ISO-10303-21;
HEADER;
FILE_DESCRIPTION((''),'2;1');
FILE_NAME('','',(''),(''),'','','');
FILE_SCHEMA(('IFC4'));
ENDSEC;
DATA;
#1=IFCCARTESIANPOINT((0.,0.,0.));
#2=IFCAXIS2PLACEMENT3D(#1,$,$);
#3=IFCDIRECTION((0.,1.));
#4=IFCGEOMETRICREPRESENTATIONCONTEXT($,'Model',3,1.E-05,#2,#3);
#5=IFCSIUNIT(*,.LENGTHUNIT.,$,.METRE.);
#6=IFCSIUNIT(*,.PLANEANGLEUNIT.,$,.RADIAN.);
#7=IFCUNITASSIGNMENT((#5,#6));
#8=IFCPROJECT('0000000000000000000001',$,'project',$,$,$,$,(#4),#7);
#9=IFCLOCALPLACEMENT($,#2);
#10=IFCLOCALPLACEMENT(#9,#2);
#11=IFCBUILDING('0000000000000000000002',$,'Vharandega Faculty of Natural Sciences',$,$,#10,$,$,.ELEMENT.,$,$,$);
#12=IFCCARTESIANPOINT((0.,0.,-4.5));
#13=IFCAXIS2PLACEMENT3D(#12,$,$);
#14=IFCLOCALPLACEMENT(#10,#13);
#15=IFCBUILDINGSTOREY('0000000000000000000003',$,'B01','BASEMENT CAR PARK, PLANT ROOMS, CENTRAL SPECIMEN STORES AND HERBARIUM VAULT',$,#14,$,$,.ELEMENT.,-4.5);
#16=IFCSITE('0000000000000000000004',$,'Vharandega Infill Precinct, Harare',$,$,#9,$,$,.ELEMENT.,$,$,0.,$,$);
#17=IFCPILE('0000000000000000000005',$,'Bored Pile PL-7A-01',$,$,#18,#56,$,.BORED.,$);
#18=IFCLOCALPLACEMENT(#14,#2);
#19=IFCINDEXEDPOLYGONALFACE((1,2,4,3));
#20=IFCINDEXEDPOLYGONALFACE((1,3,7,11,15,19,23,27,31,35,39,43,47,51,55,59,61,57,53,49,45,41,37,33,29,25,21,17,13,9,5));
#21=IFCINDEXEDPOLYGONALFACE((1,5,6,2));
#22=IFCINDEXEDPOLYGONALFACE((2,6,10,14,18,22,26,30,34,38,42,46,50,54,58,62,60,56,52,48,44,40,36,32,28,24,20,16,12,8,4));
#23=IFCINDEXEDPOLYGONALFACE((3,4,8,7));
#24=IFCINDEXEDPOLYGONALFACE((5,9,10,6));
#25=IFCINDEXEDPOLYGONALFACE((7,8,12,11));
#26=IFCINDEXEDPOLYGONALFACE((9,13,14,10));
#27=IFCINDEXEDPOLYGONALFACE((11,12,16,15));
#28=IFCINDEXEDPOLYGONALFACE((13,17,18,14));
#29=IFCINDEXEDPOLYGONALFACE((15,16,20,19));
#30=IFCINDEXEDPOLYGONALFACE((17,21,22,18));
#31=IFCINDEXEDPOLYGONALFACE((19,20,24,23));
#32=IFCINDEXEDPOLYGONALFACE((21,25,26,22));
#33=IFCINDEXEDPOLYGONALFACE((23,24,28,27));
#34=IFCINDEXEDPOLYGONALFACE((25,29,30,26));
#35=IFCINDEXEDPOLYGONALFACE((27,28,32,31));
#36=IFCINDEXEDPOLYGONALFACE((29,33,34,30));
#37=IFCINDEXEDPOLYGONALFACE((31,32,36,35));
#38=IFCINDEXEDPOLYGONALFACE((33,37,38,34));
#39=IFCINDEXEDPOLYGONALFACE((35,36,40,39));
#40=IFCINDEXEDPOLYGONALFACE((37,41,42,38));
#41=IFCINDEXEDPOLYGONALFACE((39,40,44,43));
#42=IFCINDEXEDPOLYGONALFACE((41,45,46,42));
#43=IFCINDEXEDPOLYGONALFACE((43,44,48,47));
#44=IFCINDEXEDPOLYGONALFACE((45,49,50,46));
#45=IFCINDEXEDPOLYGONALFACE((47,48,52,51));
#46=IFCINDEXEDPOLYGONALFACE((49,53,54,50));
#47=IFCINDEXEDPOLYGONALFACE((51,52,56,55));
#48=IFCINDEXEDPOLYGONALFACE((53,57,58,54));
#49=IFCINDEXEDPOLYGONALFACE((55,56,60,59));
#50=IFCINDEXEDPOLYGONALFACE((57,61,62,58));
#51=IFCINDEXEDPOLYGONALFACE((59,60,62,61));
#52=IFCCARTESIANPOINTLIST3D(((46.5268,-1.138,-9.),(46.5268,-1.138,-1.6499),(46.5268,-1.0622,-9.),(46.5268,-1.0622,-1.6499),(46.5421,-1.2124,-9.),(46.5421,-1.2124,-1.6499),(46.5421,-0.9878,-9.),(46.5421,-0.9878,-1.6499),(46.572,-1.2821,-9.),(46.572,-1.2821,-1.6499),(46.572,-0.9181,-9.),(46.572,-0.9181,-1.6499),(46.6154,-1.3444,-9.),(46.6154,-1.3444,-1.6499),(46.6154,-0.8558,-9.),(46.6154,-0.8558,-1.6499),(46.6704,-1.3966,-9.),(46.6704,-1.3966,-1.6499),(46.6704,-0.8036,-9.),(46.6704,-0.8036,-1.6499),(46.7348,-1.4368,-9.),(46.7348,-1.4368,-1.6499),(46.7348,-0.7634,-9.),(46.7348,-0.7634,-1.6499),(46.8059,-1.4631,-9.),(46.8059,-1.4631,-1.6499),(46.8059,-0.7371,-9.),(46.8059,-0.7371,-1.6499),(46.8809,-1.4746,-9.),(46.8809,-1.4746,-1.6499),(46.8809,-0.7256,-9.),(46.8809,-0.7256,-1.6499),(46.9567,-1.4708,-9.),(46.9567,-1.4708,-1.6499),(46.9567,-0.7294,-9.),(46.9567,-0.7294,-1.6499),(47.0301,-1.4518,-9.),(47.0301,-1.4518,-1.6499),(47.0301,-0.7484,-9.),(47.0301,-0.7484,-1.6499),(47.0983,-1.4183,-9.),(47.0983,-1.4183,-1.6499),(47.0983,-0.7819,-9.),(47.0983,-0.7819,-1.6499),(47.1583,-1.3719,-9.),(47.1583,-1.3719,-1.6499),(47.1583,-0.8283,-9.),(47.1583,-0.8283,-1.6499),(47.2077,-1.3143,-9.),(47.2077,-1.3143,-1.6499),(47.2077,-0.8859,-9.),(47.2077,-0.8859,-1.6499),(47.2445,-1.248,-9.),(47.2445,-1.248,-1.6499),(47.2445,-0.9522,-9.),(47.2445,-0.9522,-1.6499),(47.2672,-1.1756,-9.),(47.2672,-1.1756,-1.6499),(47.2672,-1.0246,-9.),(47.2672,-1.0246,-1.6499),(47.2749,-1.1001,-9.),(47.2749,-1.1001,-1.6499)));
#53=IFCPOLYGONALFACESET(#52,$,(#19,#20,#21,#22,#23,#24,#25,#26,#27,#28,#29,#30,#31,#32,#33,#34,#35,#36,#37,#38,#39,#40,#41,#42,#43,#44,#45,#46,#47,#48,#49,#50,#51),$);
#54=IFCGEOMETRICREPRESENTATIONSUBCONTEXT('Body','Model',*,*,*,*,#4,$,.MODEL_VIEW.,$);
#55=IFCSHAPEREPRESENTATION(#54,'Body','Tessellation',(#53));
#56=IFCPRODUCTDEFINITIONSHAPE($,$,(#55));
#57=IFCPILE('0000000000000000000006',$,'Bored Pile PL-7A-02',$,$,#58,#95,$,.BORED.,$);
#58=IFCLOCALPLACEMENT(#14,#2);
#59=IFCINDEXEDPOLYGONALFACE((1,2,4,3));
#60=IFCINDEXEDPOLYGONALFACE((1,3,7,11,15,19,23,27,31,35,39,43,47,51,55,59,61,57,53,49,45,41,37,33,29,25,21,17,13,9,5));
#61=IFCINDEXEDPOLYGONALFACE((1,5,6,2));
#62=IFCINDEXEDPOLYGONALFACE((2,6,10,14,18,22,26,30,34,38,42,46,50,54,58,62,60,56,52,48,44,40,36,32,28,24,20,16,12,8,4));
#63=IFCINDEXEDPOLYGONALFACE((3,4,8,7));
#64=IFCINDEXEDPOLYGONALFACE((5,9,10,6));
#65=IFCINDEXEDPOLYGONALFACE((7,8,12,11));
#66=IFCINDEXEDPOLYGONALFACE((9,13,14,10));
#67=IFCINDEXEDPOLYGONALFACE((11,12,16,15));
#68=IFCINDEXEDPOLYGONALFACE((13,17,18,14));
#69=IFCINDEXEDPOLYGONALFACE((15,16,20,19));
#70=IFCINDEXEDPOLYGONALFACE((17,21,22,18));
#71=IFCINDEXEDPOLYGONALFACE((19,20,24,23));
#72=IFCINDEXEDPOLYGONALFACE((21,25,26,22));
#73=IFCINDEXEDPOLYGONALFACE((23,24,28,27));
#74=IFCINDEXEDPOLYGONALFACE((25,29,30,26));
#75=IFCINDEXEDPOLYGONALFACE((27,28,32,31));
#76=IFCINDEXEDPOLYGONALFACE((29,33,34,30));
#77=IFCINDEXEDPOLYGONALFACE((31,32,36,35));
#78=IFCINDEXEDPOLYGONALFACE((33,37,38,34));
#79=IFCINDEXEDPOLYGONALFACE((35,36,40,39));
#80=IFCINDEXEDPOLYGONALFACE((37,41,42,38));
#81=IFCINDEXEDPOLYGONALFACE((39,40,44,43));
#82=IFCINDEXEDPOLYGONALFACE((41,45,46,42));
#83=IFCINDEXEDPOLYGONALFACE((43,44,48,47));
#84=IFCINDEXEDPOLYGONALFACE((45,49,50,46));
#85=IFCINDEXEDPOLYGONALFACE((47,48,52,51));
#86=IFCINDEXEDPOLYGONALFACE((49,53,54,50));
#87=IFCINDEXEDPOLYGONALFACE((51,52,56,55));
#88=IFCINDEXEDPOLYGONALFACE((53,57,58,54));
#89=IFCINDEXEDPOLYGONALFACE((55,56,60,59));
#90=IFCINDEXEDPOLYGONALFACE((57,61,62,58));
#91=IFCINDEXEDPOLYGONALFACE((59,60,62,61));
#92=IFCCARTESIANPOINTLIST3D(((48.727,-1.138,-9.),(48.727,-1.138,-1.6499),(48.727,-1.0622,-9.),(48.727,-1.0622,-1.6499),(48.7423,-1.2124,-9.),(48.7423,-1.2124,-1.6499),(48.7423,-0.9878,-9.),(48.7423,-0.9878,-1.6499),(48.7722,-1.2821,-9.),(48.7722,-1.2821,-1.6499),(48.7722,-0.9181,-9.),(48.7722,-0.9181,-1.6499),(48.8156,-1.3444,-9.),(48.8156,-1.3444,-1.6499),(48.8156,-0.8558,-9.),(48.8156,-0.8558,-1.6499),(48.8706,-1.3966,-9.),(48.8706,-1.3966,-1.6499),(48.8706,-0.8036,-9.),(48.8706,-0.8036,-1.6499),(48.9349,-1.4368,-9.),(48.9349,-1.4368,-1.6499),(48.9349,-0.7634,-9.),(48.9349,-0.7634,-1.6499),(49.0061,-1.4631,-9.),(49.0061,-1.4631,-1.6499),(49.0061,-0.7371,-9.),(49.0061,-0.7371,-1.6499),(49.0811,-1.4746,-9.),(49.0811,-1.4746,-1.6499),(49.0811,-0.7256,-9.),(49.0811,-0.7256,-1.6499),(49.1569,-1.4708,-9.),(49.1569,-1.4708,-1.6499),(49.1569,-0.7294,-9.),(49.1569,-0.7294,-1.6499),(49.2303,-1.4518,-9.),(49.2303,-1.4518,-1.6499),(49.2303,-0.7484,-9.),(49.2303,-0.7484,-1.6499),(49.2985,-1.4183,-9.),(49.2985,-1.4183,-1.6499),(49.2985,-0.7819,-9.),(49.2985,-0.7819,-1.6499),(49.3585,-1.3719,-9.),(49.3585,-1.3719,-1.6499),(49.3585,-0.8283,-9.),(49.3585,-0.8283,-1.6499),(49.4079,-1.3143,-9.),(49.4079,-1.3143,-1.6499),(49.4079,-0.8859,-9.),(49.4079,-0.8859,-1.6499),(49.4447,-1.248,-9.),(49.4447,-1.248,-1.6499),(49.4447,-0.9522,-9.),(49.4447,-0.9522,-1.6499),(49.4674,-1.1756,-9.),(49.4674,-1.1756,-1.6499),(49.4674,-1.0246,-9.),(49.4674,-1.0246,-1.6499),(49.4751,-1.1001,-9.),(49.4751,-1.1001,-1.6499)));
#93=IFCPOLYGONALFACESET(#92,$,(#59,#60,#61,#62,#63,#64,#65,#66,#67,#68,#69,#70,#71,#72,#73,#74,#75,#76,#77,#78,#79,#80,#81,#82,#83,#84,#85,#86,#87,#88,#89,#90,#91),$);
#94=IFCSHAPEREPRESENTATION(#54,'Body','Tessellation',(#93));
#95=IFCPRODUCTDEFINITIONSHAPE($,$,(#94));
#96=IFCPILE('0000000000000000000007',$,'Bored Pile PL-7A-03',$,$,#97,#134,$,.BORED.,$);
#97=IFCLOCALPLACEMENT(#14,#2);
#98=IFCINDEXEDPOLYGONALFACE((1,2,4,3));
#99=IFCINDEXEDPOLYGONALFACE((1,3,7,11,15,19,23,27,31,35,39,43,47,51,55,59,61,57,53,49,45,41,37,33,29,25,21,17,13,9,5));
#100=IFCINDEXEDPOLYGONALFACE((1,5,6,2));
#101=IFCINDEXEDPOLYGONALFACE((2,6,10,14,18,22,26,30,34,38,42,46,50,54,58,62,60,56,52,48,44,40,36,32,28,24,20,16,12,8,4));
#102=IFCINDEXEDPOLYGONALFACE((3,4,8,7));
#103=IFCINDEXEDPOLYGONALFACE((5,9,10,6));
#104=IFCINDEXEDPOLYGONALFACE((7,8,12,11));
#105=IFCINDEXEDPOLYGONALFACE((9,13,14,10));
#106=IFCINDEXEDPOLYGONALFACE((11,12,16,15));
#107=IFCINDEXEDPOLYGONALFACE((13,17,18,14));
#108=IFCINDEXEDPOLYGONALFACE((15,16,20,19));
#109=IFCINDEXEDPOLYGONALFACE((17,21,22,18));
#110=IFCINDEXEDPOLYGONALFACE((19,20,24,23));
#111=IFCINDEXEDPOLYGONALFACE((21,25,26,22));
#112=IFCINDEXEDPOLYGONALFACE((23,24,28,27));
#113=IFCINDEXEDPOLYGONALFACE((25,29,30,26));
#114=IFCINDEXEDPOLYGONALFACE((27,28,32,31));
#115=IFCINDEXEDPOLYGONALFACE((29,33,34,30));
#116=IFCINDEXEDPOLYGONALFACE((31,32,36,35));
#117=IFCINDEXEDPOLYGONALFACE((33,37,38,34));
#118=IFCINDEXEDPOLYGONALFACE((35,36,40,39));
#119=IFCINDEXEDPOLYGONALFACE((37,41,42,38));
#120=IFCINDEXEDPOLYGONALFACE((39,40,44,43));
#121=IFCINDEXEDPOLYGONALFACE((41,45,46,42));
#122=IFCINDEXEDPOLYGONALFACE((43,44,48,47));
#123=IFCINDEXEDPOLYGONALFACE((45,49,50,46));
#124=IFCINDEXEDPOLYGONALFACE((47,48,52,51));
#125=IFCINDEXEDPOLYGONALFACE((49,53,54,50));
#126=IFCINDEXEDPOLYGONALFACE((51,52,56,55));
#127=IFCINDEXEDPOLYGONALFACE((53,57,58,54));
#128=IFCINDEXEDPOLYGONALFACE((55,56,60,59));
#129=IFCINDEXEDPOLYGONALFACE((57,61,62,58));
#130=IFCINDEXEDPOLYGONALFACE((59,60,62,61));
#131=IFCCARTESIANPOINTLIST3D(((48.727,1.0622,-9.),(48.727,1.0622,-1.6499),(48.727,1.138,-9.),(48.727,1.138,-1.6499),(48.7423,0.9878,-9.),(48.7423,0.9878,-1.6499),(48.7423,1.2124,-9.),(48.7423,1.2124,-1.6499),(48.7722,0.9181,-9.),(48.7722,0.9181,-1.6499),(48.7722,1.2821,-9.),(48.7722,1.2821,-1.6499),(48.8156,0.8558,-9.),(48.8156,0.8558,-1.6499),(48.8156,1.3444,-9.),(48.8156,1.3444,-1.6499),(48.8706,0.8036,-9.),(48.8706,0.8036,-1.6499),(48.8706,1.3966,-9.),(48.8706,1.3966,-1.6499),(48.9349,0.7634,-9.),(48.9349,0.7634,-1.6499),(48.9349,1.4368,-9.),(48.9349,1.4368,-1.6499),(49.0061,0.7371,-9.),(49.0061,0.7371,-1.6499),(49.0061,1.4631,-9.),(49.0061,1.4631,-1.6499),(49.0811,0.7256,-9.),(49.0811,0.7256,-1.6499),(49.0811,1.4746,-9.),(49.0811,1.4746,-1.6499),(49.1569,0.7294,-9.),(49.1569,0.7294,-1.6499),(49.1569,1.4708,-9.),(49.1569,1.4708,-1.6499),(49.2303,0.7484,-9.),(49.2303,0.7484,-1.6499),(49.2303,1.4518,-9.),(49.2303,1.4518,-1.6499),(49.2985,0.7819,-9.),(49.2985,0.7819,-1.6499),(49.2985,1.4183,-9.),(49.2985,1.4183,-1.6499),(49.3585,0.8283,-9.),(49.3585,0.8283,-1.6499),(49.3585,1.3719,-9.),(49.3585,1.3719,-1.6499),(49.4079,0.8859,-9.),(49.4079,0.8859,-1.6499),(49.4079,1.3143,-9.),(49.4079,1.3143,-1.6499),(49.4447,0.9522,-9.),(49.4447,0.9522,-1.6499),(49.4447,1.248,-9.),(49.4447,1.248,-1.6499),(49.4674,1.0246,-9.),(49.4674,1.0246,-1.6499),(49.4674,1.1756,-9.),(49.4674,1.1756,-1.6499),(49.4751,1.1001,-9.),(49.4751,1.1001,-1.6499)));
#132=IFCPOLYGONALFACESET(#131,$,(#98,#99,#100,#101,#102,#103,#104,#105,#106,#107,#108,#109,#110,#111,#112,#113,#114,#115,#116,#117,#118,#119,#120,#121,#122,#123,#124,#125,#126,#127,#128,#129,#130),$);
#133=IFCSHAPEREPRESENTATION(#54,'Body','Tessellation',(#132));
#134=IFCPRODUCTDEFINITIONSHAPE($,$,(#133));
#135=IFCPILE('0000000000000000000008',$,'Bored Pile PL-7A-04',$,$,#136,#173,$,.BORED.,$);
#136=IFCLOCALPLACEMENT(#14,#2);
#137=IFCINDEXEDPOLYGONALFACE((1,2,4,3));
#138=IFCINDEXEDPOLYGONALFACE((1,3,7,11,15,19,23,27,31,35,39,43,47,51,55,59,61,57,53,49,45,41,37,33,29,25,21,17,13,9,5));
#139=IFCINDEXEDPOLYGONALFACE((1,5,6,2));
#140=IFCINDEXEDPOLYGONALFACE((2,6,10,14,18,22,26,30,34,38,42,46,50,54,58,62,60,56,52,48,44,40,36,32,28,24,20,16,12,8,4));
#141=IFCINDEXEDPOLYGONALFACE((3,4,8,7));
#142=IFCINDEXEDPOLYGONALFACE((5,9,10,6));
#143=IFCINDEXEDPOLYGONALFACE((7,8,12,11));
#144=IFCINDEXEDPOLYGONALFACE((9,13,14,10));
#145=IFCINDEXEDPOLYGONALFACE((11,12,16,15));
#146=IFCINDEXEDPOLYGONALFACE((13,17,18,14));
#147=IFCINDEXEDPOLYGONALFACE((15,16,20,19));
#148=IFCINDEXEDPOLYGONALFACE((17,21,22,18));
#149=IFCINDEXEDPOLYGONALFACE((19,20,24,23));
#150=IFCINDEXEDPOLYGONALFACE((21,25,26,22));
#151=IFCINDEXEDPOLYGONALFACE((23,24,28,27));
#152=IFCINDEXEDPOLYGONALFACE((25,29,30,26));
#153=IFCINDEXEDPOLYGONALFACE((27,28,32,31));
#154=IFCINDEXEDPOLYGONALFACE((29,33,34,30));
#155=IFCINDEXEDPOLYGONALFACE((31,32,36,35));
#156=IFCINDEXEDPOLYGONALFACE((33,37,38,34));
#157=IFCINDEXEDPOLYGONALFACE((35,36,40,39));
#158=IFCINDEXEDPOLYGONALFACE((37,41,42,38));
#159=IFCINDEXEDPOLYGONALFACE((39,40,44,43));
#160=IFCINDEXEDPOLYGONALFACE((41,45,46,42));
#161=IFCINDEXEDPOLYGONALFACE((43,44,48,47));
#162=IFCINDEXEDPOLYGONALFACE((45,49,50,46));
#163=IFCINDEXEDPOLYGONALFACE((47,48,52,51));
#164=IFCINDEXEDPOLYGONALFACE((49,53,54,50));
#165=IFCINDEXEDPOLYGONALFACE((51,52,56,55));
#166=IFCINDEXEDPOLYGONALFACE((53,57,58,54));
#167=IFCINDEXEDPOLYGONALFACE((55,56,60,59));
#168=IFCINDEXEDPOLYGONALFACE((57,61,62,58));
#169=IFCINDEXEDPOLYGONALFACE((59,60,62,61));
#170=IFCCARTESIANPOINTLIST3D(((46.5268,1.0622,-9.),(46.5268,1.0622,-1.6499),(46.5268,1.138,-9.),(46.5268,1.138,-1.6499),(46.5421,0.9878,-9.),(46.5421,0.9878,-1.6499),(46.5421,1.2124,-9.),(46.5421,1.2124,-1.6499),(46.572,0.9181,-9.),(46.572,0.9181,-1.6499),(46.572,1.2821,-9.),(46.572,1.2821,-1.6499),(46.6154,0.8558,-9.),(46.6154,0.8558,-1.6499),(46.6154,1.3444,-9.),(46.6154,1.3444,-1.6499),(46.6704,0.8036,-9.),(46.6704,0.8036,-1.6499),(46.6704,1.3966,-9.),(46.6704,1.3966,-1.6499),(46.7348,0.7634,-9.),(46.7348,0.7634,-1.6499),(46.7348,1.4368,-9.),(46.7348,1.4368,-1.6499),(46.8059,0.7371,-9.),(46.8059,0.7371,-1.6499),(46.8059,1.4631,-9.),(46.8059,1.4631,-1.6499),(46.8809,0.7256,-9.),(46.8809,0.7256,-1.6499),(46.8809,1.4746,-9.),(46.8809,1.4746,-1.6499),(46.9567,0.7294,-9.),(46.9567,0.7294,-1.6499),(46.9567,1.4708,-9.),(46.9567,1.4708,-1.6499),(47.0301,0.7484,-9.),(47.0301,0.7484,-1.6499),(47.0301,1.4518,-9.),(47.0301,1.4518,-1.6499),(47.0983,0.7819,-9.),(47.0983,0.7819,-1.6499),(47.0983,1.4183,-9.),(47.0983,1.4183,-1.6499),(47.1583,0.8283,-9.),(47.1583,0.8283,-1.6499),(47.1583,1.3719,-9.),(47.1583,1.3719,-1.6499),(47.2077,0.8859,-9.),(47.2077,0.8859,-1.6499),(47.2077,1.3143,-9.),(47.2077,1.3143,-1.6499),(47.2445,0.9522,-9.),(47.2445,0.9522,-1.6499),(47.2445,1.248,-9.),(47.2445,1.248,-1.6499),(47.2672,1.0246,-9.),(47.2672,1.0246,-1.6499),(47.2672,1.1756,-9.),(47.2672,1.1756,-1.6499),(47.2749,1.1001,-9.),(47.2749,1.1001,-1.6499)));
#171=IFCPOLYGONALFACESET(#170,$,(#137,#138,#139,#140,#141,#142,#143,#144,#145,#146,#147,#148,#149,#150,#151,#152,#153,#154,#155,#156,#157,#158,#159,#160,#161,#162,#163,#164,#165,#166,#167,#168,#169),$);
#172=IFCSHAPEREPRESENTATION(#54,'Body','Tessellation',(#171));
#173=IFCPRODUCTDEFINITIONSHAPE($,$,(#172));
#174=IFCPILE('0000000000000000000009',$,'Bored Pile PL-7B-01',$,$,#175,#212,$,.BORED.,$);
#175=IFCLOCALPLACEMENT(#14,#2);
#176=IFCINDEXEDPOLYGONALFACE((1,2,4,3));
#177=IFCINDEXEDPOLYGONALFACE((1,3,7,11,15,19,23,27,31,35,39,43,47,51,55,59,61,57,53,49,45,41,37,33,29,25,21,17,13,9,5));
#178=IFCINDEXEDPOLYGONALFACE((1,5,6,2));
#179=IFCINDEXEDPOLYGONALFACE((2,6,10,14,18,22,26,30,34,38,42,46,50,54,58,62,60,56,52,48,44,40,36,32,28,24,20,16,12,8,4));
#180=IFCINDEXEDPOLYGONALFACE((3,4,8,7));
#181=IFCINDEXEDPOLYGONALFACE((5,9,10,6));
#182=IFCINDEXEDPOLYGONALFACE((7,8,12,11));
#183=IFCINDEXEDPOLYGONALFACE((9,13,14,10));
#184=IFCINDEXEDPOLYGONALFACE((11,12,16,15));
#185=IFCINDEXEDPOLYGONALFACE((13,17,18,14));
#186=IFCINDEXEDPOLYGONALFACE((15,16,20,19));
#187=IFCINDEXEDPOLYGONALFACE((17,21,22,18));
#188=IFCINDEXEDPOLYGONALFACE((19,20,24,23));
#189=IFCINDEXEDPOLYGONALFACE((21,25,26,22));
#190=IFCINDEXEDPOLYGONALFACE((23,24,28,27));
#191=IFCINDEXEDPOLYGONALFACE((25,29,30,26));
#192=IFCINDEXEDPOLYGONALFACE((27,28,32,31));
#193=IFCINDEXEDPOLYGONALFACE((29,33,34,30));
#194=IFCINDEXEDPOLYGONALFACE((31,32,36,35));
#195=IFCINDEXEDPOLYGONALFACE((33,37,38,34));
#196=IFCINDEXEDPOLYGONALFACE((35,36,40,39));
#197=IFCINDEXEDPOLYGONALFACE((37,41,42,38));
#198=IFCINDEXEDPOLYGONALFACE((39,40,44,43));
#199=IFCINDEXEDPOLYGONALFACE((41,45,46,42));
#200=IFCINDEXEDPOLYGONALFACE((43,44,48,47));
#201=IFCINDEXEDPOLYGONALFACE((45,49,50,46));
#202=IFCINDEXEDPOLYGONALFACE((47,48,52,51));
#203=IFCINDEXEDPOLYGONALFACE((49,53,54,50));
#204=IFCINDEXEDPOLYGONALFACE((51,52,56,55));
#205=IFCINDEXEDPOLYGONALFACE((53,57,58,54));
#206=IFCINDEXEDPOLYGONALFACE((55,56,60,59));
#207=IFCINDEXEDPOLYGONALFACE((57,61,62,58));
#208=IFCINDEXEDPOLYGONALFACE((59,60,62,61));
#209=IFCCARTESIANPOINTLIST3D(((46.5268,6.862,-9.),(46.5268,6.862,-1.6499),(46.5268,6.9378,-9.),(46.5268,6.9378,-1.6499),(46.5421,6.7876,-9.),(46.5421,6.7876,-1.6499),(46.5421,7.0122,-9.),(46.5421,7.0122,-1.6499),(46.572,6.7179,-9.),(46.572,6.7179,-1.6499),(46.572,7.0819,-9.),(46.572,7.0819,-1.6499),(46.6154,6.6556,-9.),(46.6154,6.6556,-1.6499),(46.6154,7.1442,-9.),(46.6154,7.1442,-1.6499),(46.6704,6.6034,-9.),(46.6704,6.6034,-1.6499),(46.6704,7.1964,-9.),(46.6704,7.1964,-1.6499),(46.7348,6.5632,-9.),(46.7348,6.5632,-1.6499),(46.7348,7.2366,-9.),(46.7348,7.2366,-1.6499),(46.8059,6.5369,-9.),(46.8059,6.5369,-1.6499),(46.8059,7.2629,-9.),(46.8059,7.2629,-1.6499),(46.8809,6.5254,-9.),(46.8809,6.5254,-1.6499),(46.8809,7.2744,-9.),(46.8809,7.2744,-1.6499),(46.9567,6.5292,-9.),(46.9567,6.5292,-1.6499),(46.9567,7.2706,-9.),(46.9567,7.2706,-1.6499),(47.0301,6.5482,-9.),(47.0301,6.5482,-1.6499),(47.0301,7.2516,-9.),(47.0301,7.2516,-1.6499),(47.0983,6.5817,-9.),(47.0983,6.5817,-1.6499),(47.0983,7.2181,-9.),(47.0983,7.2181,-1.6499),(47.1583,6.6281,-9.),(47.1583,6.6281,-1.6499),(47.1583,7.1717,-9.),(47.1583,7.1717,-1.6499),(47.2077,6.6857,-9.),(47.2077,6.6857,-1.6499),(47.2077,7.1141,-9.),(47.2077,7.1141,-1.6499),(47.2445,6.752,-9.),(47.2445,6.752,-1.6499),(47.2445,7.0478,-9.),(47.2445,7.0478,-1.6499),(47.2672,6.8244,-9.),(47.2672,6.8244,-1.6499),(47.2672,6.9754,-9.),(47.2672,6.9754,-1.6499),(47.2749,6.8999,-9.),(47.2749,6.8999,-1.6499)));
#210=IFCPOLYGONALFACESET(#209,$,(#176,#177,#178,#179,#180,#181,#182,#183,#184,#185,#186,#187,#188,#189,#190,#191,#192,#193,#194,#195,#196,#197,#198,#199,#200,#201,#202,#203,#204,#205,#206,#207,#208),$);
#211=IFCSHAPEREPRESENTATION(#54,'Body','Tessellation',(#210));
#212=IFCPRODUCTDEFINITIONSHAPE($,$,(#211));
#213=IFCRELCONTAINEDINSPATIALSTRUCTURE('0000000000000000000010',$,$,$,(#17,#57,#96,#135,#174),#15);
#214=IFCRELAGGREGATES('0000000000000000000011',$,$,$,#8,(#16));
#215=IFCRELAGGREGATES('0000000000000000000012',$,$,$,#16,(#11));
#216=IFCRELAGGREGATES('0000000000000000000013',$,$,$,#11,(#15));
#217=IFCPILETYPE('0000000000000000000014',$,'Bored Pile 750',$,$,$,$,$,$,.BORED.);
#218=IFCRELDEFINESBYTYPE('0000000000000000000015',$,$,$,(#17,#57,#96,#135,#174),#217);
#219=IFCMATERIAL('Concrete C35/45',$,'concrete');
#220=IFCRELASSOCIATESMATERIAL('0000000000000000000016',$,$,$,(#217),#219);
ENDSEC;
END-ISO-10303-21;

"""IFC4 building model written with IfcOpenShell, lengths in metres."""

from ifc_helpers import new_model, si_unit, direction, frame, origin, origin_2d, place, context, subcontext, project, spatial, circle, extrude, material, material_profile, profile_set, type_object, element, save


model = new_model("IFC4")

# Units and contexts
model_context = context("Model", 3, precision=1e-05, world=origin(), true_north=direction((0.0, 1.0)))
body_context = subcontext(model_context, "Body", "Model", "MODEL_VIEW")
ifc_project = project(units=[si_unit("LENGTHUNIT", "METRE"), si_unit("PLANEANGLEUNIT", "RADIAN")], contexts=[model_context])

# Site, building, storey
site_placement = place(None, origin())
site = spatial("IfcSite", under=ifc_project, at=site_placement, Name="Vharandega Infill Precinct, Harare", CompositionType="ELEMENT", RefElevation=0.0)
building_placement = place(site_placement, origin())
building = spatial("IfcBuilding", under=site, at=building_placement, Name="Vharandega Faculty of Natural Sciences", CompositionType="ELEMENT")
storey_placement = place(building_placement, frame((0.0, 0.0, -4.5)))
storey = spatial("IfcBuildingStorey", under=building, at=storey_placement, Name="B01", Description="BASEMENT CAR PARK, PLANT ROOMS, CENTRAL SPECIMEN STORES AND HERBARIUM VAULT", CompositionType="ELEMENT", Elevation=-4.5)

# Piles
ifc_material_1 = material(Name="Concrete C35/45", Category="concrete")
ifc_material_profile_1 = material_profile(ifc_material_1, circle(Radius=0.375, at=origin_2d()), Name="PILE 750")
ifc_profile_set_1 = profile_set([ifc_material_profile_1], Name="Concrete C35/45")
pile_type = type_object("IfcPileType", Name="Bored Pile 750", PredefinedType="BORED", material=ifc_profile_set_1)
for number, where, z_axis, x_axis, name in (
    (1, (46.8999, -1.1001, -1.6499), (0.0, 0.0, -1.0), (1.0, 0.0, 0.0), "Bored Pile PL-7A-01"),
    (2, (49.1001, -1.1001, -1.6499), (0.0, 0.0, -1.0), (1.0, 0.0, 0.0), "Bored Pile PL-7A-02"),
    (3, (49.1001, 1.1001, -1.6499), (0.0, 0.0, -1.0), (1.0, 0.0, 0.0), "Bored Pile PL-7A-03"),
    (4, (46.8999, 1.1001, -1.6499), (0.0, 0.0, -1.0), (1.0, 0.0, 0.0), "Bored Pile PL-7A-04"),
    (5, (46.8999, 6.8999, -1.6499), (0.0, 0.0, -1.0), (1.0, 0.0, 0.0), "Bored Pile PL-7B-01"),
):
    element("IfcPile", number, at=place(storey_placement, frame(where, z_axis=z_axis, x_axis=x_axis)), inside=storey, type_object=pile_type, Name=name, PredefinedType="BORED", context=body_context, shape_type="SweptSolid", body=[
        extrude(circle(Radius=0.375, at=origin_2d()), origin(), (0.0, 0.0, 1.0), 7.3501),
    ])

save(model, "model.ifc")
